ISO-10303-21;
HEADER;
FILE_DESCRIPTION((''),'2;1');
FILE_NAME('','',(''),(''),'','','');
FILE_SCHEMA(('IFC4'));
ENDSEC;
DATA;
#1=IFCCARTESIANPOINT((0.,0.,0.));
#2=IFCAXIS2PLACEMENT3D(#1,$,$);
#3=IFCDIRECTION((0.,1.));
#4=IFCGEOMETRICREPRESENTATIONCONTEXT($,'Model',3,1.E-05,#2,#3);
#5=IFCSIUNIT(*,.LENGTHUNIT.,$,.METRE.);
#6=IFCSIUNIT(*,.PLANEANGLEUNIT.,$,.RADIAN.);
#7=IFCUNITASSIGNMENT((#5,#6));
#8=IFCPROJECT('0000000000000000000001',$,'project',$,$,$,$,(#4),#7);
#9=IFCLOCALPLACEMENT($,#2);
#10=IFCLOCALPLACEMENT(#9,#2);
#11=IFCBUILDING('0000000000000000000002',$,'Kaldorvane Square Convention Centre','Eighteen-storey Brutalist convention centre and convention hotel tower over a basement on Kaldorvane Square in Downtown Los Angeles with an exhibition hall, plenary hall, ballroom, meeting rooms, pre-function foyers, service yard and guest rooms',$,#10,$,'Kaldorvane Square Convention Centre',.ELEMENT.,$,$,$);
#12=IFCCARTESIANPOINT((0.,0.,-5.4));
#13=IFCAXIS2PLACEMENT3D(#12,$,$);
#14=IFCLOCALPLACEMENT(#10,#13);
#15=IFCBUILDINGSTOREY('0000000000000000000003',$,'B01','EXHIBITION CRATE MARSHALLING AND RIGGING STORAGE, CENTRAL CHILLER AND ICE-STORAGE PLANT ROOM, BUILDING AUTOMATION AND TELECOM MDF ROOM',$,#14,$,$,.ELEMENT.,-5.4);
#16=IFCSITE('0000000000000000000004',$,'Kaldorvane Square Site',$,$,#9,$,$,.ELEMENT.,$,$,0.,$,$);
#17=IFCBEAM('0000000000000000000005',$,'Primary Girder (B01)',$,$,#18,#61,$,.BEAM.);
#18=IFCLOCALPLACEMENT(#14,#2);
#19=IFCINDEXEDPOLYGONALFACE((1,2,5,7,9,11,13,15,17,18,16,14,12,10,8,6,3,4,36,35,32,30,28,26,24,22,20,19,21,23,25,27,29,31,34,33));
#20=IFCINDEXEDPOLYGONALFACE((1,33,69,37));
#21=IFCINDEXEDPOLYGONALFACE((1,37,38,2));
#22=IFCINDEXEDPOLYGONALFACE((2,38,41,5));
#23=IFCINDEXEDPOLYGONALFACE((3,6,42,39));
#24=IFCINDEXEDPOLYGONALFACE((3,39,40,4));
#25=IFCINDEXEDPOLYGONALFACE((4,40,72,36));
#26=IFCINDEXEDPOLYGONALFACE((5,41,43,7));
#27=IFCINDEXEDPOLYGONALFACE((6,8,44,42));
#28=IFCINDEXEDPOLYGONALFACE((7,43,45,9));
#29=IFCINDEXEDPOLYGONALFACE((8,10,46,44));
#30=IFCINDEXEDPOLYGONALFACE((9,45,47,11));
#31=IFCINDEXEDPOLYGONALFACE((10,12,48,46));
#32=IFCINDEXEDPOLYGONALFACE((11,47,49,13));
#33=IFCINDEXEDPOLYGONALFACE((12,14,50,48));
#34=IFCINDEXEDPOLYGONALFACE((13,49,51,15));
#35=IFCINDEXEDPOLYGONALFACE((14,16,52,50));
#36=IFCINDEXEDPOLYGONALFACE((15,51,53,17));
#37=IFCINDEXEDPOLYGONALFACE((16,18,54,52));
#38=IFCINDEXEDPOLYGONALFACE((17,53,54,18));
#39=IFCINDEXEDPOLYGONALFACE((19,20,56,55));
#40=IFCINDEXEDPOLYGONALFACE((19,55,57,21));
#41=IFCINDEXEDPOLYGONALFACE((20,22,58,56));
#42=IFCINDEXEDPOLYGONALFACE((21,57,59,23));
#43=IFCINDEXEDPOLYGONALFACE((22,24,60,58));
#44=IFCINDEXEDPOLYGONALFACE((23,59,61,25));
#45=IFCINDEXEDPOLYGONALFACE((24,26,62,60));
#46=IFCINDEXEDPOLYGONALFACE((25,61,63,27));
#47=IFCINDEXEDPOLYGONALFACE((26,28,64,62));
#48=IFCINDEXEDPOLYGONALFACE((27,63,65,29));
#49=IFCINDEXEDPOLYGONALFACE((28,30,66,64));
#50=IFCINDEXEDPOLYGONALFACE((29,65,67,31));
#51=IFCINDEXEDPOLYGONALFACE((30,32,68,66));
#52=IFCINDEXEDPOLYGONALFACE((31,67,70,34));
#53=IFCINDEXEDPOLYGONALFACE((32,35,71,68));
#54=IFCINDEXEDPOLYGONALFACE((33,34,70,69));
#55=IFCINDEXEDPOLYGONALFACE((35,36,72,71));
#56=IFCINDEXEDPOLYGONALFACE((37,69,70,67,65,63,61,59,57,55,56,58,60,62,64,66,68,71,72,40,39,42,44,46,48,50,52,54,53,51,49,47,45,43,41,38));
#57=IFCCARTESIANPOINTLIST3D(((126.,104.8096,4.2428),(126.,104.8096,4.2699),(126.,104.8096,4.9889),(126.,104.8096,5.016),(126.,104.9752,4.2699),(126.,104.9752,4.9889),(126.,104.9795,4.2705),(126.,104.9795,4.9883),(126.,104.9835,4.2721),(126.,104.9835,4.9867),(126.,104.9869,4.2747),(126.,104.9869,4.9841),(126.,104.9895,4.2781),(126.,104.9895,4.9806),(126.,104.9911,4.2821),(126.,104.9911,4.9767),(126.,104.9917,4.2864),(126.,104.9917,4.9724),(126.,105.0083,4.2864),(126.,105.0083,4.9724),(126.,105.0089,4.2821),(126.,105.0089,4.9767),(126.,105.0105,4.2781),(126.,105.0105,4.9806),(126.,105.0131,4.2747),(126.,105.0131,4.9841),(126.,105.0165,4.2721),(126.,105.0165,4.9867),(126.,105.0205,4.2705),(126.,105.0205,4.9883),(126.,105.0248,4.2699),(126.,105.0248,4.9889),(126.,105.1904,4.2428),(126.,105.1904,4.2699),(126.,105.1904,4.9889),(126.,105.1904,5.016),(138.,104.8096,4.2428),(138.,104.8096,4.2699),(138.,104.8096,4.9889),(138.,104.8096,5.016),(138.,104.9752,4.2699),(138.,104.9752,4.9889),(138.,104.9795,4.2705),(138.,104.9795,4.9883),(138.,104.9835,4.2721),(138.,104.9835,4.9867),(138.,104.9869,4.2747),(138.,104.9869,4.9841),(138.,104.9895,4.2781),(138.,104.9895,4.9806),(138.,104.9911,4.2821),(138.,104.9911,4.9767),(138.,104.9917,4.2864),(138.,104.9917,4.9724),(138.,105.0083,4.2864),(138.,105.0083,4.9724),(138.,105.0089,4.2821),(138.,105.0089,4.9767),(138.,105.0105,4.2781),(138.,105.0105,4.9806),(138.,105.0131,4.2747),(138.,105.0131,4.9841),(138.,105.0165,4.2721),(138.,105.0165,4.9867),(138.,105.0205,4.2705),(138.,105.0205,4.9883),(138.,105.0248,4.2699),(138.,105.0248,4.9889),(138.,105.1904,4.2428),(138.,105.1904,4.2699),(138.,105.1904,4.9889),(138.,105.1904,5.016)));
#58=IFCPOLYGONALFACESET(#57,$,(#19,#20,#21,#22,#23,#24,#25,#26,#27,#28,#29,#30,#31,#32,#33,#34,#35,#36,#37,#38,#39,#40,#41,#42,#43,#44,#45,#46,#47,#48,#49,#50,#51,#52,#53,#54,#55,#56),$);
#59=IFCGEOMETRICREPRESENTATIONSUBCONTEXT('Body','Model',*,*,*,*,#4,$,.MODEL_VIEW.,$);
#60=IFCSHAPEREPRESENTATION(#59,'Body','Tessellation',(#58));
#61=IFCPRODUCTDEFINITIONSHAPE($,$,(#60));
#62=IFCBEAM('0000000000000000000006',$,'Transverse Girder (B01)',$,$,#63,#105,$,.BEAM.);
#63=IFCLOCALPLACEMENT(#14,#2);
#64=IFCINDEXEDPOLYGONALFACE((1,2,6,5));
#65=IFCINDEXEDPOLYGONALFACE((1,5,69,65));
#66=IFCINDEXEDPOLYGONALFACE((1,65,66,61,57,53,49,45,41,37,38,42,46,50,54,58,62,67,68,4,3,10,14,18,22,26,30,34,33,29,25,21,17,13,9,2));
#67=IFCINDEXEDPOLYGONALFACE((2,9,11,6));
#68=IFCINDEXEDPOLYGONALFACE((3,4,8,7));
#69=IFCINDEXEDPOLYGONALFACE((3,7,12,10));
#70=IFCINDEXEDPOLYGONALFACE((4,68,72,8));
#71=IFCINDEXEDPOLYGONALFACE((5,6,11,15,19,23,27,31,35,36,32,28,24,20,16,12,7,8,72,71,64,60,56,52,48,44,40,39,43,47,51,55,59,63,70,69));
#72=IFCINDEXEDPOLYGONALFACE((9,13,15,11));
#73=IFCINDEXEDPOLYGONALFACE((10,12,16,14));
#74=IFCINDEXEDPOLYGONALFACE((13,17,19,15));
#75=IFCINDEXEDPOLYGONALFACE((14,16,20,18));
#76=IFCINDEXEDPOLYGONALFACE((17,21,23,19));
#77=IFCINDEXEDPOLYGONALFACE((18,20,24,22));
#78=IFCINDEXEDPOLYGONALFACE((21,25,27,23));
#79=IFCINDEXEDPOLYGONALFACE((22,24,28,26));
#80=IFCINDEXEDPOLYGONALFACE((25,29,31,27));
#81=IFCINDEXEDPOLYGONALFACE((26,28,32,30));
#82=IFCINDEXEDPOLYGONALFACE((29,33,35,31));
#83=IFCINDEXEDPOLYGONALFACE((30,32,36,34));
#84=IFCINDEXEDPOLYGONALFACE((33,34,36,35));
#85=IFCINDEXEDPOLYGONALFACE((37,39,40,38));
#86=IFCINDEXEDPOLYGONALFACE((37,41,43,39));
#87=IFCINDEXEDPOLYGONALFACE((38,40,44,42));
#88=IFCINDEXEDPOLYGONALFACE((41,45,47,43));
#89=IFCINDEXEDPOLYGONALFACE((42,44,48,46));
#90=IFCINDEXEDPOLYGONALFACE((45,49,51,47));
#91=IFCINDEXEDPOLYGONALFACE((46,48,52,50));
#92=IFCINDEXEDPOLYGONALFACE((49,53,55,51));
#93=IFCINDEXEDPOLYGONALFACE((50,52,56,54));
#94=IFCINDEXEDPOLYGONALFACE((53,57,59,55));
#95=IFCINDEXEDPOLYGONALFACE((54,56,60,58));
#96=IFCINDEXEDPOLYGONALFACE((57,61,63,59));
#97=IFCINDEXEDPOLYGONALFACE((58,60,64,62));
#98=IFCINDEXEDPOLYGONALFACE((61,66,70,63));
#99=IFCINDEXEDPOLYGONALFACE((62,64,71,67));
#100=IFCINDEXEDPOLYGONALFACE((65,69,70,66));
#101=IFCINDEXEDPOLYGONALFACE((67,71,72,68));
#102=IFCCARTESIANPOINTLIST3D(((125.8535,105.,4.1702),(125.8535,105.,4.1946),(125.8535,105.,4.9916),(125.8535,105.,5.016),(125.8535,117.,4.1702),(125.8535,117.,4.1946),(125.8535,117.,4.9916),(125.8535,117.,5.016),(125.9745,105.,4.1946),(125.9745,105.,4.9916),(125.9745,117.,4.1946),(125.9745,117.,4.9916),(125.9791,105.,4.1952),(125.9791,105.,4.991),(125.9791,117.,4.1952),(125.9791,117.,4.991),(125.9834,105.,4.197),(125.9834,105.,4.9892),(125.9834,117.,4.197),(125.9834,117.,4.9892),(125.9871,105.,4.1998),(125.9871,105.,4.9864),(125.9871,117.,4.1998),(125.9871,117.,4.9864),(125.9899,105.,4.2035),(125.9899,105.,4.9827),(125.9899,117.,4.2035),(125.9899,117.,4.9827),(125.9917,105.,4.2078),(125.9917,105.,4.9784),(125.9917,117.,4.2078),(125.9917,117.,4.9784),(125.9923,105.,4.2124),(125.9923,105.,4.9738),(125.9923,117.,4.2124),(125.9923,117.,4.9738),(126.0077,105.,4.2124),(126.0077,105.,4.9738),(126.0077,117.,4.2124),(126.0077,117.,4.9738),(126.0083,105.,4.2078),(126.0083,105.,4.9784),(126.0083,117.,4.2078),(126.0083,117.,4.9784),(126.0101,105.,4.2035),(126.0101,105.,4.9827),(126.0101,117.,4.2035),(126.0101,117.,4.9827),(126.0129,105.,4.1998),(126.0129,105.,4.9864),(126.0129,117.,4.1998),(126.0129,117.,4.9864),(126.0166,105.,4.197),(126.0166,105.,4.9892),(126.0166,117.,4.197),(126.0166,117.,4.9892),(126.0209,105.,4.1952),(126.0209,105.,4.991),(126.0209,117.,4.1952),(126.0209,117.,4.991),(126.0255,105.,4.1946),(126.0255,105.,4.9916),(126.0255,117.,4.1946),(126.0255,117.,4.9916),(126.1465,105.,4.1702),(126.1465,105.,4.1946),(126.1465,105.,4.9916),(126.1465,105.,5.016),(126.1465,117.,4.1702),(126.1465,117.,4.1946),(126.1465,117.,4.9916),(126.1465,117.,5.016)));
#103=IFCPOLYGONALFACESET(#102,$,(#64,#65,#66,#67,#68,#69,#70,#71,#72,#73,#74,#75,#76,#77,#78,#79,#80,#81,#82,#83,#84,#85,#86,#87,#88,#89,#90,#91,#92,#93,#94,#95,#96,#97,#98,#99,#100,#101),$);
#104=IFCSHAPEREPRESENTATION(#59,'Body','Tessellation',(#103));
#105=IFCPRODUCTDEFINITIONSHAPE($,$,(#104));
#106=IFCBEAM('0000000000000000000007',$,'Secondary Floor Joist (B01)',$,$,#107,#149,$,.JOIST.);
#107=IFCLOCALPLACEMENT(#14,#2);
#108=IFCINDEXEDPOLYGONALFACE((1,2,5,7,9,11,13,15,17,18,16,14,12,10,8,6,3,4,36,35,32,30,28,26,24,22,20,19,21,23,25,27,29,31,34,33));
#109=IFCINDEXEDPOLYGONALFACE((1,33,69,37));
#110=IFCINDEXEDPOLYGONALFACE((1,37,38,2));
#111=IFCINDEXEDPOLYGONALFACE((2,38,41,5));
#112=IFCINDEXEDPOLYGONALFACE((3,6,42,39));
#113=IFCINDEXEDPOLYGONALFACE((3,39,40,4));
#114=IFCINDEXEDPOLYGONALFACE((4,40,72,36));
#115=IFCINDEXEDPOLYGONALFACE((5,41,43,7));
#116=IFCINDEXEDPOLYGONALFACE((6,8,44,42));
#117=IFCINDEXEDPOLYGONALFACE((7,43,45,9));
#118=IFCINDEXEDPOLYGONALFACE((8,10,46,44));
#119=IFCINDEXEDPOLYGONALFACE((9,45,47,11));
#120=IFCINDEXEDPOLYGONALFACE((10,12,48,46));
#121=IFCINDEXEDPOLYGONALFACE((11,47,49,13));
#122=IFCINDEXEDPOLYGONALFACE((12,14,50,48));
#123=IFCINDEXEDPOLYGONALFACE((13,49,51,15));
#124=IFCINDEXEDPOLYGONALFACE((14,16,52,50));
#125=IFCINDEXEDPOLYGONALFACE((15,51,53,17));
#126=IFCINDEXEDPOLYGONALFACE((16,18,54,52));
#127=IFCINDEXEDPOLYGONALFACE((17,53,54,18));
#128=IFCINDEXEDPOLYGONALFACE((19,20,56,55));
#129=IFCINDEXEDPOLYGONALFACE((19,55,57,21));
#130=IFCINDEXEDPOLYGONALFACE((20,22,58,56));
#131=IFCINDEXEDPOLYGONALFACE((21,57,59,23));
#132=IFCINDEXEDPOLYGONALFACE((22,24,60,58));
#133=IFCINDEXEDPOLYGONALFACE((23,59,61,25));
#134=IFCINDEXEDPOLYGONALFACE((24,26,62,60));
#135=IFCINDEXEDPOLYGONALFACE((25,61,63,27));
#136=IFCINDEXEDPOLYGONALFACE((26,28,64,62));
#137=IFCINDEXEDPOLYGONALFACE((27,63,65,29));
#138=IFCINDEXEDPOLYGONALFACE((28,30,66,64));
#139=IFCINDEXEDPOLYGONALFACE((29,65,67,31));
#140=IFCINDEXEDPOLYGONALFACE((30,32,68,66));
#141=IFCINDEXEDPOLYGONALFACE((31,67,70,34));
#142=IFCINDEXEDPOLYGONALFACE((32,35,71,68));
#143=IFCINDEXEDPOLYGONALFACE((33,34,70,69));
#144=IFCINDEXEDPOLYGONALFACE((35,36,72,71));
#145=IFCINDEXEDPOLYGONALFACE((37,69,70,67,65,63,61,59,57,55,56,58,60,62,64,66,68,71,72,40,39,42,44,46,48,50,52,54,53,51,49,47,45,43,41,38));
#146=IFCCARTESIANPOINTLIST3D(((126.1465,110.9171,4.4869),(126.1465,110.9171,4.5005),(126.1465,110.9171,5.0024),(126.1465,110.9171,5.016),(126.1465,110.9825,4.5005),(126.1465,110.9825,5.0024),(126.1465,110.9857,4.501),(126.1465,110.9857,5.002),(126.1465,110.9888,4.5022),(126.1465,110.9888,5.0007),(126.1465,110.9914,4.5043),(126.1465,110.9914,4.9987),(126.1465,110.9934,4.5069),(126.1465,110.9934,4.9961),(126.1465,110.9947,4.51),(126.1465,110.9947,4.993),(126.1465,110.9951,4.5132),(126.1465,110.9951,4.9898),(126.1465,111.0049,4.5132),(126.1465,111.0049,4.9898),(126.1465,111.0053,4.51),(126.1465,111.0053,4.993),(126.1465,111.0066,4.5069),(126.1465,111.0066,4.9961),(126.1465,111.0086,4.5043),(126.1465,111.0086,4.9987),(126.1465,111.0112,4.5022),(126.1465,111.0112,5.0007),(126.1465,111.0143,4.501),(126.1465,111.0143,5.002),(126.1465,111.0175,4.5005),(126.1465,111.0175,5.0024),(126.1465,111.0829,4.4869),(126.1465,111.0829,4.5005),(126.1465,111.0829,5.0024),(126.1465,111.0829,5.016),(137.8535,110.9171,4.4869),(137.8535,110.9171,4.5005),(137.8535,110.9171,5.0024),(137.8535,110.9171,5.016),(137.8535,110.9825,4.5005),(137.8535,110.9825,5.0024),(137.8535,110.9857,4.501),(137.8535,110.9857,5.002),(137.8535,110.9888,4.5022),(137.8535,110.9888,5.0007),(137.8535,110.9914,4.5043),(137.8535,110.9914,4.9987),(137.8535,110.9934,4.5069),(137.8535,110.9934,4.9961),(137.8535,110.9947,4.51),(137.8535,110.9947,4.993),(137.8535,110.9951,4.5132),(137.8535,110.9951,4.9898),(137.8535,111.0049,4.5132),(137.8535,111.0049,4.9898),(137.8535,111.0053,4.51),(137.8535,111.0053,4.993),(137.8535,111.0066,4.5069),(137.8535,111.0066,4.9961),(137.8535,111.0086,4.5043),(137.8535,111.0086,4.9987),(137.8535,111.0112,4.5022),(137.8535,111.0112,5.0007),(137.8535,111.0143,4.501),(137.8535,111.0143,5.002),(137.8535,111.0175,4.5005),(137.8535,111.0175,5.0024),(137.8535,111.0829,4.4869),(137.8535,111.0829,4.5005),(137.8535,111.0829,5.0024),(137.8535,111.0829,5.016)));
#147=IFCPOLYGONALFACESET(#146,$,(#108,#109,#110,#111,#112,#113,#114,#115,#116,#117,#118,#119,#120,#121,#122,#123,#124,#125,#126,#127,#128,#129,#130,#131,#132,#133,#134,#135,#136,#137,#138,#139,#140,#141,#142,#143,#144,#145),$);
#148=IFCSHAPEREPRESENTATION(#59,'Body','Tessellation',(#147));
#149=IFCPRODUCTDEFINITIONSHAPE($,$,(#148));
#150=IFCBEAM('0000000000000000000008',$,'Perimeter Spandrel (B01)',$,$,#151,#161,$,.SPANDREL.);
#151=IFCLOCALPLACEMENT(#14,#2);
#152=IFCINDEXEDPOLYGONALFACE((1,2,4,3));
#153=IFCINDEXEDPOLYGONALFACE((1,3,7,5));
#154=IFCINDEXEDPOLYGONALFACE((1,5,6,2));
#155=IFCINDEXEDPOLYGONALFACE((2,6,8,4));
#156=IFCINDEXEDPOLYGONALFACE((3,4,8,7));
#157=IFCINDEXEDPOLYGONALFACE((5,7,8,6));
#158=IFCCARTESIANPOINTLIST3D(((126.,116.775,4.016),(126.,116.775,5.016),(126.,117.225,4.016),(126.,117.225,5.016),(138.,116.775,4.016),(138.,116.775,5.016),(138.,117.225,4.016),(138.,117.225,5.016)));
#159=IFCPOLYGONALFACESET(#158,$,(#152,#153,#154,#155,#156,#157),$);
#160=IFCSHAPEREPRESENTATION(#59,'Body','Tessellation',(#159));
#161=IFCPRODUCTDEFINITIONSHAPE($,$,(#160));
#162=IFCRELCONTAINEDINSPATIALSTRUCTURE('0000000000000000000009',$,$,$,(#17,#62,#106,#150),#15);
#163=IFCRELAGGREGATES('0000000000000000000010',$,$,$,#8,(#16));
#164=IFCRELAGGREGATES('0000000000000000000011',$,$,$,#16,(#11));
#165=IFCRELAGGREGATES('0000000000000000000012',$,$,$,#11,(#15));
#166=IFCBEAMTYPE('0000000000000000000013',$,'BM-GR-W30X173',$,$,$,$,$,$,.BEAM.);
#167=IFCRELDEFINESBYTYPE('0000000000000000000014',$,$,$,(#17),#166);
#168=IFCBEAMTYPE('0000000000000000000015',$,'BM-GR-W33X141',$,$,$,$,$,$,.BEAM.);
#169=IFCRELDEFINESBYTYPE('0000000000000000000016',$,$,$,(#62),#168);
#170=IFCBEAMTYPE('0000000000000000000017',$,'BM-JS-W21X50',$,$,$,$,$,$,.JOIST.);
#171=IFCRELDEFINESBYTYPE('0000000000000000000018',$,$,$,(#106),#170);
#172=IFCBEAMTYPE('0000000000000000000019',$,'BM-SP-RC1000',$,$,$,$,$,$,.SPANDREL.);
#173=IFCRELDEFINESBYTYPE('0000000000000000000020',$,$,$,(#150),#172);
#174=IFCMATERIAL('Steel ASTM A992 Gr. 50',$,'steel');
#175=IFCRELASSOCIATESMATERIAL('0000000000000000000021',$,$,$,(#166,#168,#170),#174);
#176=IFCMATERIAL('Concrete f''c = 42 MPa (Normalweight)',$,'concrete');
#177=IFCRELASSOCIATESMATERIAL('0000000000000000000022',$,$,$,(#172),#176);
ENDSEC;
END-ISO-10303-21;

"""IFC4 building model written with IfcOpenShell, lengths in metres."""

from ifc_helpers import new_model, si_unit, direction, frame, origin, origin_2d, place, context, subcontext, project, spatial, rectangle, i_section, extrude, material, material_profile, profile_set, type_object, element, save


model = new_model("IFC4")

# Units and contexts
model_context = context("Model", 3, precision=1e-05, world=origin(), true_north=direction((0.0, 1.0)))
body_context = subcontext(model_context, "Body", "Model", "MODEL_VIEW")
ifc_project = project(units=[si_unit("LENGTHUNIT", "METRE"), si_unit("PLANEANGLEUNIT", "RADIAN")], contexts=[model_context])

# Site, building, storey
site_placement = place(None, origin())
site = spatial("IfcSite", under=ifc_project, at=site_placement, Name="Kaldorvane Square Site", CompositionType="ELEMENT", RefElevation=0.0)
building_placement = place(site_placement, origin())
building = spatial("IfcBuilding", under=site, at=building_placement, Name="Kaldorvane Square Convention Centre", Description="Eighteen-storey Brutalist convention centre and convention hotel tower over a basement on Kaldorvane Square in Downtown Los Angeles with an exhibition hall, plenary hall, ballroom, meeting rooms, pre-function foyers, service yard and guest rooms", LongName="Kaldorvane Square Convention Centre", CompositionType="ELEMENT")
storey_placement = place(building_placement, frame((0.0, 0.0, -5.4)))
storey = spatial("IfcBuildingStorey", under=building, at=storey_placement, Name="B01", Description="EXHIBITION CRATE MARSHALLING AND RIGGING STORAGE, CENTRAL CHILLER AND ICE-STORAGE PLANT ROOM, BUILDING AUTOMATION AND TELECOM MDF ROOM", CompositionType="ELEMENT", Elevation=-5.4)

# Shared definitions
ifc_material_1 = material(Name="Concrete f'c = 42 MPa (Normalweight)", Category="concrete")

# Shared definitions
ifc_material_2 = material(Name="Steel ASTM A992 Gr. 50", Category="steel")

# Beams
ifc_material_profile_1 = material_profile(ifc_material_2, i_section(OverallWidth=0.3807, OverallDepth=0.7732, WebThickness=0.0166, FlangeThickness=0.0271, FilletRadius=0.0165, at=origin_2d()), Name="W30X173")
ifc_profile_set_1 = profile_set([ifc_material_profile_1], Name="Steel ASTM A992 Gr. 50")
beam_type_1 = type_object("IfcBeamType", Name="BM-GR-W30X173", PredefinedType="BEAM", material=ifc_profile_set_1)
beam_1_placement = place(storey_placement, frame((126.0, 105.0, 4.6294), z_axis=(1.0, 0.0, 0.0), x_axis=(0.0, 1.0, 0.0)))
element("IfcBeam", 1, at=beam_1_placement, inside=storey, type_object=beam_type_1, Name="Primary Girder (B01)", PredefinedType="BEAM", context=body_context, shape_type="SweptSolid", body=[
    extrude(i_section(OverallWidth=0.3807, OverallDepth=0.7732, WebThickness=0.0166, FlangeThickness=0.0271, FilletRadius=0.0165, at=origin_2d()), origin(), (0.0, 0.0, 1.0), 12.0),
])
ifc_material_profile_2 = material_profile(ifc_material_2, i_section(OverallWidth=0.293, OverallDepth=0.8458, WebThickness=0.0154, FlangeThickness=0.0244, FilletRadius=0.0178, at=origin_2d()), Name="W33X141")
ifc_profile_set_2 = profile_set([ifc_material_profile_2], Name="Steel ASTM A992 Gr. 50")
beam_type_2 = type_object("IfcBeamType", Name="BM-GR-W33X141", PredefinedType="BEAM", material=ifc_profile_set_2)
beam_2_placement = place(storey_placement, frame((126.0, 105.0, 4.5931), z_axis=(0.0, 1.0, 0.0), x_axis=(-1.0, 0.0, 0.0)))
element("IfcBeam", 2, at=beam_2_placement, inside=storey, type_object=beam_type_2, Name="Transverse Girder (B01)", PredefinedType="BEAM", context=body_context, shape_type="SweptSolid", body=[
    extrude(i_section(OverallWidth=0.293, OverallDepth=0.8458, WebThickness=0.0154, FlangeThickness=0.0244, FilletRadius=0.0178, at=origin_2d()), origin(), (0.0, 0.0, 1.0), 12.0),
])
ifc_material_profile_3 = material_profile(ifc_material_2, i_section(OverallWidth=0.1659, OverallDepth=0.5291, WebThickness=0.0097, FlangeThickness=0.0136, FilletRadius=0.0127, at=origin_2d()), Name="W21X50")
ifc_profile_set_3 = profile_set([ifc_material_profile_3], Name="Steel ASTM A992 Gr. 50")
beam_type_3 = type_object("IfcBeamType", Name="BM-JS-W21X50", PredefinedType="JOIST", material=ifc_profile_set_3)
beam_3_placement = place(storey_placement, frame((126.1465, 111.0, 4.7515), z_axis=(1.0, 0.0, 0.0), x_axis=(0.0, 1.0, 0.0)))
element("IfcBeam", 3, at=beam_3_placement, inside=storey, type_object=beam_type_3, Name="Secondary Floor Joist (B01)", PredefinedType="JOIST", context=body_context, shape_type="SweptSolid", body=[
    extrude(i_section(OverallWidth=0.1659, OverallDepth=0.5291, WebThickness=0.0097, FlangeThickness=0.0136, FilletRadius=0.0127, at=origin_2d()), origin(), (0.0, 0.0, 1.0), 11.707),
])
ifc_material_profile_4 = material_profile(ifc_material_1, rectangle(XDim=0.45, YDim=1.0, at=origin_2d()), Name="RCSP1000X450")
ifc_profile_set_4 = profile_set([ifc_material_profile_4], Name="Concrete f'c = 42 MPa (Normalweight)")
beam_type_4 = type_object("IfcBeamType", Name="BM-SP-RC1000", PredefinedType="SPANDREL", material=ifc_profile_set_4)
beam_4_placement = place(storey_placement, frame((126.0, 117.0, 4.516), z_axis=(1.0, 0.0, 0.0), x_axis=(0.0, 1.0, 0.0)))
element("IfcBeam", 4, at=beam_4_placement, inside=storey, type_object=beam_type_4, Name="Perimeter Spandrel (B01)", PredefinedType="SPANDREL", context=body_context, shape_type="SweptSolid", body=[
    extrude(rectangle(XDim=0.45, YDim=1.0, at=origin_2d()), origin(), (0.0, 0.0, 1.0), 12.0),
])

save(model, "model.ifc")
